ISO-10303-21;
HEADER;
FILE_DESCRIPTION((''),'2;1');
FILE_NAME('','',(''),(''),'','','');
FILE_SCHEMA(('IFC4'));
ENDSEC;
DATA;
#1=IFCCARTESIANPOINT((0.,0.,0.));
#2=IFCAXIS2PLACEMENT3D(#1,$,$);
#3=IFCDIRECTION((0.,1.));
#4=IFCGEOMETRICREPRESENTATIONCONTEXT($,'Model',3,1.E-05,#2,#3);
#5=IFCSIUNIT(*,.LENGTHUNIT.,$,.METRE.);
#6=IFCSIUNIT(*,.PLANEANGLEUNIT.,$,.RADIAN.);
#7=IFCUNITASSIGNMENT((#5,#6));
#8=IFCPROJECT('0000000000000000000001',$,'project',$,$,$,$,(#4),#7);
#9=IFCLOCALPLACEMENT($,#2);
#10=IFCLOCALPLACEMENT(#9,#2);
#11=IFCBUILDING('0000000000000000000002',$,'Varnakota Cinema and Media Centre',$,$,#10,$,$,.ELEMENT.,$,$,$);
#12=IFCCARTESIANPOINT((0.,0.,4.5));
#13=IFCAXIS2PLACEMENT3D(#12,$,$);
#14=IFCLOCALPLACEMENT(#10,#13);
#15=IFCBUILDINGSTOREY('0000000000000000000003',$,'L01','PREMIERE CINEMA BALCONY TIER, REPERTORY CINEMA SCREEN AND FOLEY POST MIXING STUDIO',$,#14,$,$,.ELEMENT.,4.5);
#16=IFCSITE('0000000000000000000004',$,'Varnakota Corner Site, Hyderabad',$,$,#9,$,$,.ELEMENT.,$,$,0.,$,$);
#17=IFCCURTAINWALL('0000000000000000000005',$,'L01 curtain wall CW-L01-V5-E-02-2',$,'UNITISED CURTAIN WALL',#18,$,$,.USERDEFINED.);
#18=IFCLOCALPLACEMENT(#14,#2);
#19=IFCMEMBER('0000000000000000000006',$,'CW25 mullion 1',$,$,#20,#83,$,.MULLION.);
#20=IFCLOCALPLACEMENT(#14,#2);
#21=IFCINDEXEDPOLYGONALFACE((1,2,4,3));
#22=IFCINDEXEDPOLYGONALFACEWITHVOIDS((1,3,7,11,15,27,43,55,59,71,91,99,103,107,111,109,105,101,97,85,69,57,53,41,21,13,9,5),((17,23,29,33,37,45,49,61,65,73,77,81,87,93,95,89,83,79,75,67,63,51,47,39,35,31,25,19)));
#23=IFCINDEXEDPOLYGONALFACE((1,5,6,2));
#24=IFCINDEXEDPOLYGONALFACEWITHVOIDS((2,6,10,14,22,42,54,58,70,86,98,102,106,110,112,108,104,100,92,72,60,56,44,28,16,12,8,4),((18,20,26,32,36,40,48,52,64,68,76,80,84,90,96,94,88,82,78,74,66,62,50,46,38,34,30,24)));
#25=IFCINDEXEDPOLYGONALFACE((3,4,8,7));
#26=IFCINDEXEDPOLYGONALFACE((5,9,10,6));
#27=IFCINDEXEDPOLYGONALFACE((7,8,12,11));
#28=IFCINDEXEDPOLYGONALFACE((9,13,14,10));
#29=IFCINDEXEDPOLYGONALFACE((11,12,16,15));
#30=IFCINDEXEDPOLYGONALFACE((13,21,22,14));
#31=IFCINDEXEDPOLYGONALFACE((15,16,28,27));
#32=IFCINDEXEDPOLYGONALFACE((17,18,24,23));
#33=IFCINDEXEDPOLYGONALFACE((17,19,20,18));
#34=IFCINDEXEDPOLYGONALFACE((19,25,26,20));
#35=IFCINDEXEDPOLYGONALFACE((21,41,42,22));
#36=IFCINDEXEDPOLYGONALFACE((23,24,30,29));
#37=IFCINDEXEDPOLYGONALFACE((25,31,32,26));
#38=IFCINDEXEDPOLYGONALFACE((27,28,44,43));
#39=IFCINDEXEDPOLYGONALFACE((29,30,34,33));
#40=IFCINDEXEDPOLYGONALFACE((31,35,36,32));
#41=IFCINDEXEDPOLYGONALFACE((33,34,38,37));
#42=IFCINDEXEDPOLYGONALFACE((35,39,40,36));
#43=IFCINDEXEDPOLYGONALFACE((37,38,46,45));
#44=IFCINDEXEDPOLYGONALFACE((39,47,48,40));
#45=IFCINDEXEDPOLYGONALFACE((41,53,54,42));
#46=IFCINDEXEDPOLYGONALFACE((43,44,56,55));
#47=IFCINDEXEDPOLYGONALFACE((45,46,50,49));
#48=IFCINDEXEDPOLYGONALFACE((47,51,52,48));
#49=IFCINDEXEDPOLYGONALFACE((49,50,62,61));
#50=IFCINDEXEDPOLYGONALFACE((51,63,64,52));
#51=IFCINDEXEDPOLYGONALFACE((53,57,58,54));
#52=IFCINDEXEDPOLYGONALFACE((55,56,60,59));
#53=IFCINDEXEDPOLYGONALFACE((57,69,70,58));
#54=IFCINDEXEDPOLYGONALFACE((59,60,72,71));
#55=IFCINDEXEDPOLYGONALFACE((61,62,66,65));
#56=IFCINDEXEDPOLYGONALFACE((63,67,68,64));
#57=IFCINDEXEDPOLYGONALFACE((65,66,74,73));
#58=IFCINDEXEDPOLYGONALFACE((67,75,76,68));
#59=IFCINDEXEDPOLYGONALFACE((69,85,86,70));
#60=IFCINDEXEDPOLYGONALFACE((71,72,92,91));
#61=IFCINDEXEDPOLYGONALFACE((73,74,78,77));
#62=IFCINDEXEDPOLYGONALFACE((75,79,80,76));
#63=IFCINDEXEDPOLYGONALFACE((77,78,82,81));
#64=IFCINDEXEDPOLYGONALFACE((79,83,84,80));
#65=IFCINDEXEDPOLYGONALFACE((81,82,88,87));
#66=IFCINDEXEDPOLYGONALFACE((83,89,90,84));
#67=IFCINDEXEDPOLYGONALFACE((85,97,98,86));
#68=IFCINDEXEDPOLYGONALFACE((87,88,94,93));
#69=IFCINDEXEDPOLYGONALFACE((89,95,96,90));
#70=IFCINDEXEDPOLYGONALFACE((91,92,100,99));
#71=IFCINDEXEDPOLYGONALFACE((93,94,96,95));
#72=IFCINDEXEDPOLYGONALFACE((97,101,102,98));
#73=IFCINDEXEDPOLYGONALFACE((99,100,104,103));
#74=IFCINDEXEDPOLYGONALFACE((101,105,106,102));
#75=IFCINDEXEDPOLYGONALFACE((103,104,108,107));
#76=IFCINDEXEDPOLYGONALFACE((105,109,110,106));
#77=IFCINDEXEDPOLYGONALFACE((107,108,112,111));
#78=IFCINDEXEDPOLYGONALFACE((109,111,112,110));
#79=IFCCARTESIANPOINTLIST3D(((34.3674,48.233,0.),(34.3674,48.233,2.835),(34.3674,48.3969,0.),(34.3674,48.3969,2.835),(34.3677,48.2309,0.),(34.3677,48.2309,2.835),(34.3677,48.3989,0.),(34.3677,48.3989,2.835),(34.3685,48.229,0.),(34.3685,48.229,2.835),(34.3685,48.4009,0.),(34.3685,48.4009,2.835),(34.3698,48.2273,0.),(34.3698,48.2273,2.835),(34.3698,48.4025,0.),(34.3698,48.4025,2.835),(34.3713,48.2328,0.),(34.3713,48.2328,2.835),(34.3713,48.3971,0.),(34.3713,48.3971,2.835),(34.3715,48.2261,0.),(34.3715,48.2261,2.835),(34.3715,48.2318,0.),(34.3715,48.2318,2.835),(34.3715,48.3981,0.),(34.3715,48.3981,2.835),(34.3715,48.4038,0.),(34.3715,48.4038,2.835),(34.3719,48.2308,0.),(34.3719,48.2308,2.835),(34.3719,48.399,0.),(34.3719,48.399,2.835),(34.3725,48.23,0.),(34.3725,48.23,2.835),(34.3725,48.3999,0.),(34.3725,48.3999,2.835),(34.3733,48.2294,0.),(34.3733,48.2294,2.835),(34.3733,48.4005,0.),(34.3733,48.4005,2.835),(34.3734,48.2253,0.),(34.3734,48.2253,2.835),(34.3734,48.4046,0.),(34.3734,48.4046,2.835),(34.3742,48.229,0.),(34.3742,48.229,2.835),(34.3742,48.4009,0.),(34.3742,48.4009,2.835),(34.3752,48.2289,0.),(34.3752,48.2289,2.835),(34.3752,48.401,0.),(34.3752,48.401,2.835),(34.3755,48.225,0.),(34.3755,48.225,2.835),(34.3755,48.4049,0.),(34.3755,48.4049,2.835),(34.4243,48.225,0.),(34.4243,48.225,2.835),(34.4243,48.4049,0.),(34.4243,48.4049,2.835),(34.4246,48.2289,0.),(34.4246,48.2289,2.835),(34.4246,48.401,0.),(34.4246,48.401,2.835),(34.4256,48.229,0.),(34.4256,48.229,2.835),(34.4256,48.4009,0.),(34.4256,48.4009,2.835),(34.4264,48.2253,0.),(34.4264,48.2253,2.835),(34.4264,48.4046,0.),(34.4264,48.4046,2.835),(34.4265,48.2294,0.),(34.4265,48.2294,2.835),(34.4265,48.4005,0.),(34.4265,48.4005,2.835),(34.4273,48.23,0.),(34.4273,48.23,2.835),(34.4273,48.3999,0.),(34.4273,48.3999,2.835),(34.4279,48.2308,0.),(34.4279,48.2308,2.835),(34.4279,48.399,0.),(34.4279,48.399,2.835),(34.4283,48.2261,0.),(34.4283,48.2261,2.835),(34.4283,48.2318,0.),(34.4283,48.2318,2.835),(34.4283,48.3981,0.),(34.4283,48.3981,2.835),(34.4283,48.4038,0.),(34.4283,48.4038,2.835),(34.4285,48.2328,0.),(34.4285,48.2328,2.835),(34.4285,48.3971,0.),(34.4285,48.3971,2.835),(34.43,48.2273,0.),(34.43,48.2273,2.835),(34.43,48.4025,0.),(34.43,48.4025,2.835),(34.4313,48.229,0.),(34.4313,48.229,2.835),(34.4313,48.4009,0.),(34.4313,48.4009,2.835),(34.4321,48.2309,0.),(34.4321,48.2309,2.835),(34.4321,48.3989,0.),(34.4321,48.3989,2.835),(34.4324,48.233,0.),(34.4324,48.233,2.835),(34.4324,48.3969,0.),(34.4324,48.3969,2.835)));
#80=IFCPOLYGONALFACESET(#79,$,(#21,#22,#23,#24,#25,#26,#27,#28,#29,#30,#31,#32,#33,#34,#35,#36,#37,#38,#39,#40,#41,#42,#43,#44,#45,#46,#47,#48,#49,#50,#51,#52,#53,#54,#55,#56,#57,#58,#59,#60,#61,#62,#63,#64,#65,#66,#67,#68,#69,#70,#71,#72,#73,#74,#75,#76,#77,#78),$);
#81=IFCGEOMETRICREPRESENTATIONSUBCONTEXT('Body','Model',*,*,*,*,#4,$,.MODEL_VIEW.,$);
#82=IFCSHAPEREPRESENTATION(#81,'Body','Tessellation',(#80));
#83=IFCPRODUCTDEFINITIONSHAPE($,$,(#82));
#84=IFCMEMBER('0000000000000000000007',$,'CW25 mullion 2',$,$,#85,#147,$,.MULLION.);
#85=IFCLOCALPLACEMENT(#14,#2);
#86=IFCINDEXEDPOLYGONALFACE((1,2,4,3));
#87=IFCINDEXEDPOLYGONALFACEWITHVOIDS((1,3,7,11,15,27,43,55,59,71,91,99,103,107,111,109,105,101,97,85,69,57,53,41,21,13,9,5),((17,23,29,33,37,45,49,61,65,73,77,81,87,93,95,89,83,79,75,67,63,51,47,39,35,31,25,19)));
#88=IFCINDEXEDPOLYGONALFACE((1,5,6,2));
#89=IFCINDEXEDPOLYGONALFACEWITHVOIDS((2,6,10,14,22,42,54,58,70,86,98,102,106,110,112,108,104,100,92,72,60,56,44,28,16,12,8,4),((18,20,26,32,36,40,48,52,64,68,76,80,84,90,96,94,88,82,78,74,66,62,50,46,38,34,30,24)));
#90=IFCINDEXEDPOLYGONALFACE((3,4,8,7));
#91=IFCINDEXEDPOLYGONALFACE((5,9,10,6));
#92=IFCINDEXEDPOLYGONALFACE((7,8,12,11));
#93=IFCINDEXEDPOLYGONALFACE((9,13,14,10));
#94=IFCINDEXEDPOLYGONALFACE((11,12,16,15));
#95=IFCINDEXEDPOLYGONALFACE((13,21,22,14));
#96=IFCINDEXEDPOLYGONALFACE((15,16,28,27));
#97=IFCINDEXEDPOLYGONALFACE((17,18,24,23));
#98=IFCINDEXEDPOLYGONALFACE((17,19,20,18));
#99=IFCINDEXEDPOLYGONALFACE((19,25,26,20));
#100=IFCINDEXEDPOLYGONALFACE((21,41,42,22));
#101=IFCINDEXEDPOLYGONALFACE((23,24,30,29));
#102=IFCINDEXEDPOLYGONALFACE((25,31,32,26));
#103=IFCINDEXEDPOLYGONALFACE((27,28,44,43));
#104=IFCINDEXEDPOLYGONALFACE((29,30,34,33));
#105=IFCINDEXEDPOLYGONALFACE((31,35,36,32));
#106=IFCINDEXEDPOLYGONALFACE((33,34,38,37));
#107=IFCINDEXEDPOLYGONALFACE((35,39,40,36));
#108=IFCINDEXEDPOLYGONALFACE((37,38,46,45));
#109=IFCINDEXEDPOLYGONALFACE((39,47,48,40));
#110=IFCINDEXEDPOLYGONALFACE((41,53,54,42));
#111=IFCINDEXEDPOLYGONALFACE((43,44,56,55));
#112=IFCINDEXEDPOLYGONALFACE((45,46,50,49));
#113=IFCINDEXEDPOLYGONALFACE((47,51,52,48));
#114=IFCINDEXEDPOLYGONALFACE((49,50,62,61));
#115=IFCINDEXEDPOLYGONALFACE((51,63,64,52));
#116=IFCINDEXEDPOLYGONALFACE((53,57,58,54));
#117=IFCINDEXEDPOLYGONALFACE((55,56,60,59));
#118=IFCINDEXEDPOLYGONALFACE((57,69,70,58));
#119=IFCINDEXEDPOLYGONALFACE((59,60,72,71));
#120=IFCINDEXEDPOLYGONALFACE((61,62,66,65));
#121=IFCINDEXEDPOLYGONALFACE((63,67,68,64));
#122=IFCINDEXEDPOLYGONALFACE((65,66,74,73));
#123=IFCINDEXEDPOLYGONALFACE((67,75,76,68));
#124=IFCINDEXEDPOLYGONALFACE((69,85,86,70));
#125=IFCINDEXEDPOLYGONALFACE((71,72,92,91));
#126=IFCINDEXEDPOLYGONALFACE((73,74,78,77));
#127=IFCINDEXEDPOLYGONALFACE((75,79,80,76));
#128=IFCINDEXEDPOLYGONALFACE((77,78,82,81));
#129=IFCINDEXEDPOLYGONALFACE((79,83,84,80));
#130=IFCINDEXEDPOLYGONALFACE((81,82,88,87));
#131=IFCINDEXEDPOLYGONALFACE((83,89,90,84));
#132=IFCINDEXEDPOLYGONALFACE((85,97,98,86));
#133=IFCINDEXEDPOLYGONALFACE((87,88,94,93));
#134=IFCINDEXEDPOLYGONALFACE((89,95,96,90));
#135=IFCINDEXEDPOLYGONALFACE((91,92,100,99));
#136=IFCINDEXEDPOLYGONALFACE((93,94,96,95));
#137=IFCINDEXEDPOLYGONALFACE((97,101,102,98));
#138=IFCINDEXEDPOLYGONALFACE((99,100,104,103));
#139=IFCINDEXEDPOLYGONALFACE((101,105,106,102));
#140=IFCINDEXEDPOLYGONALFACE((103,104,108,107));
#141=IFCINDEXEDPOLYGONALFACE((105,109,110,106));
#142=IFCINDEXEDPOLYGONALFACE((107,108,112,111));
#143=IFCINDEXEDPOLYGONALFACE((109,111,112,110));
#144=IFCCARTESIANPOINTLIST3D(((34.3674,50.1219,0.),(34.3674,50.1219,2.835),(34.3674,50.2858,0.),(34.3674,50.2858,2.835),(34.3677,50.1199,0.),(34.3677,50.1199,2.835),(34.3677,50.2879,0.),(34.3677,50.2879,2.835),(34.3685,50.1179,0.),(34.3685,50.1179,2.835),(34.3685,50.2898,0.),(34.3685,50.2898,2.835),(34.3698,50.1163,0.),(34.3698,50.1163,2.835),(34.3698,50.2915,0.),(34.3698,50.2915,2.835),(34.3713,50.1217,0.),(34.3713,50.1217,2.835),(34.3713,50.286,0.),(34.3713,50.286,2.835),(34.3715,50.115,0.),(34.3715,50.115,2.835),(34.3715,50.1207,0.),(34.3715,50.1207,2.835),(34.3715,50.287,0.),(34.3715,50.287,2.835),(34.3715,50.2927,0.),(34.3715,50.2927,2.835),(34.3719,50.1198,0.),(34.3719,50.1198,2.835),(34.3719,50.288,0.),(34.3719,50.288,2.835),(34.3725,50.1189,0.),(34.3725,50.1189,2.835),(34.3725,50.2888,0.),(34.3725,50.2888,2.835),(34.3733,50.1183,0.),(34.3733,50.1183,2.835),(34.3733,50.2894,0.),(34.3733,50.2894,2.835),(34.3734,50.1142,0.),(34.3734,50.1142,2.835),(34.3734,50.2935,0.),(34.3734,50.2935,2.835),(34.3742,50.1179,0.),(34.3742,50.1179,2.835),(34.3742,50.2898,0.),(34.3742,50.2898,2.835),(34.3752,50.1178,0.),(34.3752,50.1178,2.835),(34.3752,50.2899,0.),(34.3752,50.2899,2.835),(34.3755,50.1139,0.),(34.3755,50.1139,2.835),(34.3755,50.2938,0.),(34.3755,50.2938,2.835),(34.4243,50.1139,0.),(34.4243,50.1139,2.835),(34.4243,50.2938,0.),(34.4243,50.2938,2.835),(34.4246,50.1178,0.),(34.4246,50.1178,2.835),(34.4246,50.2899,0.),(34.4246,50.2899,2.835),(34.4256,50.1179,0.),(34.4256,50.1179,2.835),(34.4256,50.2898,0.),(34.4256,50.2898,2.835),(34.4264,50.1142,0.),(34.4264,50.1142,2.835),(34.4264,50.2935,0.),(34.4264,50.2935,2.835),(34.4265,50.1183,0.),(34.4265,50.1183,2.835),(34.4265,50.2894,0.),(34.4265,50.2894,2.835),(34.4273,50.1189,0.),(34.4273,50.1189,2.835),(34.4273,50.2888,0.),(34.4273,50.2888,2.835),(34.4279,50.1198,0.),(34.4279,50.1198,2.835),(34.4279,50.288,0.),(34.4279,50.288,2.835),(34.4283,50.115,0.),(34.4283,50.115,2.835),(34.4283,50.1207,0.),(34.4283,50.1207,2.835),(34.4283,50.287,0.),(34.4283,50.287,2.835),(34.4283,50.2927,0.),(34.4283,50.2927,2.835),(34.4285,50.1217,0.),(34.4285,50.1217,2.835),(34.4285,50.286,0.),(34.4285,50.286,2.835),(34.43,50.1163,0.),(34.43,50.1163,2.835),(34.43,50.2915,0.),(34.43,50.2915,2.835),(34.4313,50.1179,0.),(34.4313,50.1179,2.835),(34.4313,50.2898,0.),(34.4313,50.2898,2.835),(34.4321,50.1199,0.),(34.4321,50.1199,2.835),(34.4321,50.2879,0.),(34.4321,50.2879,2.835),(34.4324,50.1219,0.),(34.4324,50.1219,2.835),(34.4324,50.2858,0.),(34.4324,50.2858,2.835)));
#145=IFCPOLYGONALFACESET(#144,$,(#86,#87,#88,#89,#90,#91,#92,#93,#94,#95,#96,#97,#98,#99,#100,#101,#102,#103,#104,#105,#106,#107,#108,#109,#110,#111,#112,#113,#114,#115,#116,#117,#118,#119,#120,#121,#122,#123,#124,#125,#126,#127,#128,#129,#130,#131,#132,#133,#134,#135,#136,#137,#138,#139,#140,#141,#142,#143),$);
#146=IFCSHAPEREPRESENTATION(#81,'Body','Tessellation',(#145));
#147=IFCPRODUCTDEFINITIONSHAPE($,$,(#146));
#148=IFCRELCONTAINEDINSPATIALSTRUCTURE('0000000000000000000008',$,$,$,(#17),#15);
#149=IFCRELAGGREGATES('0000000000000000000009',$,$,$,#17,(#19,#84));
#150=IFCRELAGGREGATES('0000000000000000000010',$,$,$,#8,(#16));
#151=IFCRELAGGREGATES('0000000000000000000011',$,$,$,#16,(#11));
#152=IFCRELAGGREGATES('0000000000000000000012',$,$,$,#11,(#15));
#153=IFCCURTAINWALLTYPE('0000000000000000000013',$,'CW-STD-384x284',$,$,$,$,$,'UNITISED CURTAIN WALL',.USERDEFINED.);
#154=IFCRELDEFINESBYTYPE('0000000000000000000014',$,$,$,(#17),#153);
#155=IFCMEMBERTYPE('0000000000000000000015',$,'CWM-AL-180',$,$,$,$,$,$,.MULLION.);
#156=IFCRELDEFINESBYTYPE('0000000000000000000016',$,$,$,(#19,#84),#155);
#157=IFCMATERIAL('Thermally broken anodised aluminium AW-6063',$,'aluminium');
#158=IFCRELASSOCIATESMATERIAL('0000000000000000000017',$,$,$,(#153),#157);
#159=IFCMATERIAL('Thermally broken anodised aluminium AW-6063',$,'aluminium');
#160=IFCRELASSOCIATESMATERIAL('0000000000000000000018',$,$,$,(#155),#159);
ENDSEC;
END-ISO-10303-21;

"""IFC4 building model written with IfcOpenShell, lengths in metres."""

from ifc_helpers import new_model, si_unit, direction, frame, origin, origin_2d, place, context, subcontext, project, spatial, hollow_rectangle, extrude, material, material_profile, profile_set, type_object, element, aggregate, save


model = new_model("IFC4")

# Units and contexts
model_context = context("Model", 3, precision=1e-05, world=origin(), true_north=direction((0.0, 1.0)))
body_context = subcontext(model_context, "Body", "Model", "MODEL_VIEW")
ifc_project = project(units=[si_unit("LENGTHUNIT", "METRE"), si_unit("PLANEANGLEUNIT", "RADIAN")], contexts=[model_context])

# Site, building, storey
site_placement = place(None, origin())
site = spatial("IfcSite", under=ifc_project, at=site_placement, Name="Varnakota Corner Site, Hyderabad", CompositionType="ELEMENT", RefElevation=0.0)
building_placement = place(site_placement, origin())
building = spatial("IfcBuilding", under=site, at=building_placement, Name="Varnakota Cinema and Media Centre", CompositionType="ELEMENT")
storey_placement = place(building_placement, frame((0.0, 0.0, 4.5)))
storey = spatial("IfcBuildingStorey", under=building, at=storey_placement, Name="L01", Description="PREMIERE CINEMA BALCONY TIER, REPERTORY CINEMA SCREEN AND FOLEY POST MIXING STUDIO", CompositionType="ELEMENT", Elevation=4.5)

# Curtain wall, members
ifc_material_1 = material(Name="Thermally broken anodised aluminium AW-6063", Category="aluminium")
curtain_wall_type = type_object("IfcCurtainWallType", Name="CW-STD-384x284", ElementType="UNITISED CURTAIN WALL", PredefinedType="USERDEFINED", material=ifc_material_1)
ifc_material_2 = material(Name="Thermally broken anodised aluminium AW-6063", Category="aluminium")
ifc_material_profile_1 = material_profile(ifc_material_2, hollow_rectangle(XDim=0.0649, YDim=0.1799, WallThickness=0.0039, InnerFilletRadius=0.0039, OuterFilletRadius=0.0081, at=origin_2d()), Name="AL-MULLION 180x65x4")
ifc_profile_set_1 = profile_set([ifc_material_profile_1], Name="Thermally broken anodised aluminium AW-6063")
member_type_1 = type_object("IfcMemberType", Name="CWM-AL-180", PredefinedType="MULLION", material=ifc_profile_set_1)
curtain_wall_1_placement = place(storey_placement, origin())
curtain_wall_1 = element("IfcCurtainWall", 1, at=curtain_wall_1_placement, inside=storey, type_object=curtain_wall_type, Name="L01 curtain wall CW-L01-V5-E-02-2", ObjectType="UNITISED CURTAIN WALL", PredefinedType="USERDEFINED")
member_1_placement = place(storey_placement, frame((34.3999, 48.3149, 0.0), z_axis=(0.0, 0.0, 1.0), x_axis=(-1.0, 0.0, 0.0)))
member_1 = element("IfcMember", 2, at=member_1_placement, type_object=member_type_1, Name="CW25 mullion 1", PredefinedType="MULLION", context=body_context, shape_type="SweptSolid", body=[
    extrude(hollow_rectangle(XDim=0.0649, YDim=0.1799, WallThickness=0.0039, InnerFilletRadius=0.0039, OuterFilletRadius=0.0081, at=origin_2d()), origin(), (0.0, 0.0, 1.0), 2.835),
])
member_2_placement = place(storey_placement, frame((34.3999, 50.2039, 0.0), z_axis=(0.0, 0.0, 1.0), x_axis=(-1.0, 0.0, 0.0)))
member_2 = element("IfcMember", 3, at=member_2_placement, type_object=member_type_1, Name="CW25 mullion 2", PredefinedType="MULLION", context=body_context, shape_type="SweptSolid", body=[
    extrude(hollow_rectangle(XDim=0.0649, YDim=0.1799, WallThickness=0.0039, InnerFilletRadius=0.0039, OuterFilletRadius=0.0081, at=origin_2d()), origin(), (0.0, 0.0, 1.0), 2.835),
])

aggregate(curtain_wall_1, [member_1, member_2])

save(model, "model.ifc")
